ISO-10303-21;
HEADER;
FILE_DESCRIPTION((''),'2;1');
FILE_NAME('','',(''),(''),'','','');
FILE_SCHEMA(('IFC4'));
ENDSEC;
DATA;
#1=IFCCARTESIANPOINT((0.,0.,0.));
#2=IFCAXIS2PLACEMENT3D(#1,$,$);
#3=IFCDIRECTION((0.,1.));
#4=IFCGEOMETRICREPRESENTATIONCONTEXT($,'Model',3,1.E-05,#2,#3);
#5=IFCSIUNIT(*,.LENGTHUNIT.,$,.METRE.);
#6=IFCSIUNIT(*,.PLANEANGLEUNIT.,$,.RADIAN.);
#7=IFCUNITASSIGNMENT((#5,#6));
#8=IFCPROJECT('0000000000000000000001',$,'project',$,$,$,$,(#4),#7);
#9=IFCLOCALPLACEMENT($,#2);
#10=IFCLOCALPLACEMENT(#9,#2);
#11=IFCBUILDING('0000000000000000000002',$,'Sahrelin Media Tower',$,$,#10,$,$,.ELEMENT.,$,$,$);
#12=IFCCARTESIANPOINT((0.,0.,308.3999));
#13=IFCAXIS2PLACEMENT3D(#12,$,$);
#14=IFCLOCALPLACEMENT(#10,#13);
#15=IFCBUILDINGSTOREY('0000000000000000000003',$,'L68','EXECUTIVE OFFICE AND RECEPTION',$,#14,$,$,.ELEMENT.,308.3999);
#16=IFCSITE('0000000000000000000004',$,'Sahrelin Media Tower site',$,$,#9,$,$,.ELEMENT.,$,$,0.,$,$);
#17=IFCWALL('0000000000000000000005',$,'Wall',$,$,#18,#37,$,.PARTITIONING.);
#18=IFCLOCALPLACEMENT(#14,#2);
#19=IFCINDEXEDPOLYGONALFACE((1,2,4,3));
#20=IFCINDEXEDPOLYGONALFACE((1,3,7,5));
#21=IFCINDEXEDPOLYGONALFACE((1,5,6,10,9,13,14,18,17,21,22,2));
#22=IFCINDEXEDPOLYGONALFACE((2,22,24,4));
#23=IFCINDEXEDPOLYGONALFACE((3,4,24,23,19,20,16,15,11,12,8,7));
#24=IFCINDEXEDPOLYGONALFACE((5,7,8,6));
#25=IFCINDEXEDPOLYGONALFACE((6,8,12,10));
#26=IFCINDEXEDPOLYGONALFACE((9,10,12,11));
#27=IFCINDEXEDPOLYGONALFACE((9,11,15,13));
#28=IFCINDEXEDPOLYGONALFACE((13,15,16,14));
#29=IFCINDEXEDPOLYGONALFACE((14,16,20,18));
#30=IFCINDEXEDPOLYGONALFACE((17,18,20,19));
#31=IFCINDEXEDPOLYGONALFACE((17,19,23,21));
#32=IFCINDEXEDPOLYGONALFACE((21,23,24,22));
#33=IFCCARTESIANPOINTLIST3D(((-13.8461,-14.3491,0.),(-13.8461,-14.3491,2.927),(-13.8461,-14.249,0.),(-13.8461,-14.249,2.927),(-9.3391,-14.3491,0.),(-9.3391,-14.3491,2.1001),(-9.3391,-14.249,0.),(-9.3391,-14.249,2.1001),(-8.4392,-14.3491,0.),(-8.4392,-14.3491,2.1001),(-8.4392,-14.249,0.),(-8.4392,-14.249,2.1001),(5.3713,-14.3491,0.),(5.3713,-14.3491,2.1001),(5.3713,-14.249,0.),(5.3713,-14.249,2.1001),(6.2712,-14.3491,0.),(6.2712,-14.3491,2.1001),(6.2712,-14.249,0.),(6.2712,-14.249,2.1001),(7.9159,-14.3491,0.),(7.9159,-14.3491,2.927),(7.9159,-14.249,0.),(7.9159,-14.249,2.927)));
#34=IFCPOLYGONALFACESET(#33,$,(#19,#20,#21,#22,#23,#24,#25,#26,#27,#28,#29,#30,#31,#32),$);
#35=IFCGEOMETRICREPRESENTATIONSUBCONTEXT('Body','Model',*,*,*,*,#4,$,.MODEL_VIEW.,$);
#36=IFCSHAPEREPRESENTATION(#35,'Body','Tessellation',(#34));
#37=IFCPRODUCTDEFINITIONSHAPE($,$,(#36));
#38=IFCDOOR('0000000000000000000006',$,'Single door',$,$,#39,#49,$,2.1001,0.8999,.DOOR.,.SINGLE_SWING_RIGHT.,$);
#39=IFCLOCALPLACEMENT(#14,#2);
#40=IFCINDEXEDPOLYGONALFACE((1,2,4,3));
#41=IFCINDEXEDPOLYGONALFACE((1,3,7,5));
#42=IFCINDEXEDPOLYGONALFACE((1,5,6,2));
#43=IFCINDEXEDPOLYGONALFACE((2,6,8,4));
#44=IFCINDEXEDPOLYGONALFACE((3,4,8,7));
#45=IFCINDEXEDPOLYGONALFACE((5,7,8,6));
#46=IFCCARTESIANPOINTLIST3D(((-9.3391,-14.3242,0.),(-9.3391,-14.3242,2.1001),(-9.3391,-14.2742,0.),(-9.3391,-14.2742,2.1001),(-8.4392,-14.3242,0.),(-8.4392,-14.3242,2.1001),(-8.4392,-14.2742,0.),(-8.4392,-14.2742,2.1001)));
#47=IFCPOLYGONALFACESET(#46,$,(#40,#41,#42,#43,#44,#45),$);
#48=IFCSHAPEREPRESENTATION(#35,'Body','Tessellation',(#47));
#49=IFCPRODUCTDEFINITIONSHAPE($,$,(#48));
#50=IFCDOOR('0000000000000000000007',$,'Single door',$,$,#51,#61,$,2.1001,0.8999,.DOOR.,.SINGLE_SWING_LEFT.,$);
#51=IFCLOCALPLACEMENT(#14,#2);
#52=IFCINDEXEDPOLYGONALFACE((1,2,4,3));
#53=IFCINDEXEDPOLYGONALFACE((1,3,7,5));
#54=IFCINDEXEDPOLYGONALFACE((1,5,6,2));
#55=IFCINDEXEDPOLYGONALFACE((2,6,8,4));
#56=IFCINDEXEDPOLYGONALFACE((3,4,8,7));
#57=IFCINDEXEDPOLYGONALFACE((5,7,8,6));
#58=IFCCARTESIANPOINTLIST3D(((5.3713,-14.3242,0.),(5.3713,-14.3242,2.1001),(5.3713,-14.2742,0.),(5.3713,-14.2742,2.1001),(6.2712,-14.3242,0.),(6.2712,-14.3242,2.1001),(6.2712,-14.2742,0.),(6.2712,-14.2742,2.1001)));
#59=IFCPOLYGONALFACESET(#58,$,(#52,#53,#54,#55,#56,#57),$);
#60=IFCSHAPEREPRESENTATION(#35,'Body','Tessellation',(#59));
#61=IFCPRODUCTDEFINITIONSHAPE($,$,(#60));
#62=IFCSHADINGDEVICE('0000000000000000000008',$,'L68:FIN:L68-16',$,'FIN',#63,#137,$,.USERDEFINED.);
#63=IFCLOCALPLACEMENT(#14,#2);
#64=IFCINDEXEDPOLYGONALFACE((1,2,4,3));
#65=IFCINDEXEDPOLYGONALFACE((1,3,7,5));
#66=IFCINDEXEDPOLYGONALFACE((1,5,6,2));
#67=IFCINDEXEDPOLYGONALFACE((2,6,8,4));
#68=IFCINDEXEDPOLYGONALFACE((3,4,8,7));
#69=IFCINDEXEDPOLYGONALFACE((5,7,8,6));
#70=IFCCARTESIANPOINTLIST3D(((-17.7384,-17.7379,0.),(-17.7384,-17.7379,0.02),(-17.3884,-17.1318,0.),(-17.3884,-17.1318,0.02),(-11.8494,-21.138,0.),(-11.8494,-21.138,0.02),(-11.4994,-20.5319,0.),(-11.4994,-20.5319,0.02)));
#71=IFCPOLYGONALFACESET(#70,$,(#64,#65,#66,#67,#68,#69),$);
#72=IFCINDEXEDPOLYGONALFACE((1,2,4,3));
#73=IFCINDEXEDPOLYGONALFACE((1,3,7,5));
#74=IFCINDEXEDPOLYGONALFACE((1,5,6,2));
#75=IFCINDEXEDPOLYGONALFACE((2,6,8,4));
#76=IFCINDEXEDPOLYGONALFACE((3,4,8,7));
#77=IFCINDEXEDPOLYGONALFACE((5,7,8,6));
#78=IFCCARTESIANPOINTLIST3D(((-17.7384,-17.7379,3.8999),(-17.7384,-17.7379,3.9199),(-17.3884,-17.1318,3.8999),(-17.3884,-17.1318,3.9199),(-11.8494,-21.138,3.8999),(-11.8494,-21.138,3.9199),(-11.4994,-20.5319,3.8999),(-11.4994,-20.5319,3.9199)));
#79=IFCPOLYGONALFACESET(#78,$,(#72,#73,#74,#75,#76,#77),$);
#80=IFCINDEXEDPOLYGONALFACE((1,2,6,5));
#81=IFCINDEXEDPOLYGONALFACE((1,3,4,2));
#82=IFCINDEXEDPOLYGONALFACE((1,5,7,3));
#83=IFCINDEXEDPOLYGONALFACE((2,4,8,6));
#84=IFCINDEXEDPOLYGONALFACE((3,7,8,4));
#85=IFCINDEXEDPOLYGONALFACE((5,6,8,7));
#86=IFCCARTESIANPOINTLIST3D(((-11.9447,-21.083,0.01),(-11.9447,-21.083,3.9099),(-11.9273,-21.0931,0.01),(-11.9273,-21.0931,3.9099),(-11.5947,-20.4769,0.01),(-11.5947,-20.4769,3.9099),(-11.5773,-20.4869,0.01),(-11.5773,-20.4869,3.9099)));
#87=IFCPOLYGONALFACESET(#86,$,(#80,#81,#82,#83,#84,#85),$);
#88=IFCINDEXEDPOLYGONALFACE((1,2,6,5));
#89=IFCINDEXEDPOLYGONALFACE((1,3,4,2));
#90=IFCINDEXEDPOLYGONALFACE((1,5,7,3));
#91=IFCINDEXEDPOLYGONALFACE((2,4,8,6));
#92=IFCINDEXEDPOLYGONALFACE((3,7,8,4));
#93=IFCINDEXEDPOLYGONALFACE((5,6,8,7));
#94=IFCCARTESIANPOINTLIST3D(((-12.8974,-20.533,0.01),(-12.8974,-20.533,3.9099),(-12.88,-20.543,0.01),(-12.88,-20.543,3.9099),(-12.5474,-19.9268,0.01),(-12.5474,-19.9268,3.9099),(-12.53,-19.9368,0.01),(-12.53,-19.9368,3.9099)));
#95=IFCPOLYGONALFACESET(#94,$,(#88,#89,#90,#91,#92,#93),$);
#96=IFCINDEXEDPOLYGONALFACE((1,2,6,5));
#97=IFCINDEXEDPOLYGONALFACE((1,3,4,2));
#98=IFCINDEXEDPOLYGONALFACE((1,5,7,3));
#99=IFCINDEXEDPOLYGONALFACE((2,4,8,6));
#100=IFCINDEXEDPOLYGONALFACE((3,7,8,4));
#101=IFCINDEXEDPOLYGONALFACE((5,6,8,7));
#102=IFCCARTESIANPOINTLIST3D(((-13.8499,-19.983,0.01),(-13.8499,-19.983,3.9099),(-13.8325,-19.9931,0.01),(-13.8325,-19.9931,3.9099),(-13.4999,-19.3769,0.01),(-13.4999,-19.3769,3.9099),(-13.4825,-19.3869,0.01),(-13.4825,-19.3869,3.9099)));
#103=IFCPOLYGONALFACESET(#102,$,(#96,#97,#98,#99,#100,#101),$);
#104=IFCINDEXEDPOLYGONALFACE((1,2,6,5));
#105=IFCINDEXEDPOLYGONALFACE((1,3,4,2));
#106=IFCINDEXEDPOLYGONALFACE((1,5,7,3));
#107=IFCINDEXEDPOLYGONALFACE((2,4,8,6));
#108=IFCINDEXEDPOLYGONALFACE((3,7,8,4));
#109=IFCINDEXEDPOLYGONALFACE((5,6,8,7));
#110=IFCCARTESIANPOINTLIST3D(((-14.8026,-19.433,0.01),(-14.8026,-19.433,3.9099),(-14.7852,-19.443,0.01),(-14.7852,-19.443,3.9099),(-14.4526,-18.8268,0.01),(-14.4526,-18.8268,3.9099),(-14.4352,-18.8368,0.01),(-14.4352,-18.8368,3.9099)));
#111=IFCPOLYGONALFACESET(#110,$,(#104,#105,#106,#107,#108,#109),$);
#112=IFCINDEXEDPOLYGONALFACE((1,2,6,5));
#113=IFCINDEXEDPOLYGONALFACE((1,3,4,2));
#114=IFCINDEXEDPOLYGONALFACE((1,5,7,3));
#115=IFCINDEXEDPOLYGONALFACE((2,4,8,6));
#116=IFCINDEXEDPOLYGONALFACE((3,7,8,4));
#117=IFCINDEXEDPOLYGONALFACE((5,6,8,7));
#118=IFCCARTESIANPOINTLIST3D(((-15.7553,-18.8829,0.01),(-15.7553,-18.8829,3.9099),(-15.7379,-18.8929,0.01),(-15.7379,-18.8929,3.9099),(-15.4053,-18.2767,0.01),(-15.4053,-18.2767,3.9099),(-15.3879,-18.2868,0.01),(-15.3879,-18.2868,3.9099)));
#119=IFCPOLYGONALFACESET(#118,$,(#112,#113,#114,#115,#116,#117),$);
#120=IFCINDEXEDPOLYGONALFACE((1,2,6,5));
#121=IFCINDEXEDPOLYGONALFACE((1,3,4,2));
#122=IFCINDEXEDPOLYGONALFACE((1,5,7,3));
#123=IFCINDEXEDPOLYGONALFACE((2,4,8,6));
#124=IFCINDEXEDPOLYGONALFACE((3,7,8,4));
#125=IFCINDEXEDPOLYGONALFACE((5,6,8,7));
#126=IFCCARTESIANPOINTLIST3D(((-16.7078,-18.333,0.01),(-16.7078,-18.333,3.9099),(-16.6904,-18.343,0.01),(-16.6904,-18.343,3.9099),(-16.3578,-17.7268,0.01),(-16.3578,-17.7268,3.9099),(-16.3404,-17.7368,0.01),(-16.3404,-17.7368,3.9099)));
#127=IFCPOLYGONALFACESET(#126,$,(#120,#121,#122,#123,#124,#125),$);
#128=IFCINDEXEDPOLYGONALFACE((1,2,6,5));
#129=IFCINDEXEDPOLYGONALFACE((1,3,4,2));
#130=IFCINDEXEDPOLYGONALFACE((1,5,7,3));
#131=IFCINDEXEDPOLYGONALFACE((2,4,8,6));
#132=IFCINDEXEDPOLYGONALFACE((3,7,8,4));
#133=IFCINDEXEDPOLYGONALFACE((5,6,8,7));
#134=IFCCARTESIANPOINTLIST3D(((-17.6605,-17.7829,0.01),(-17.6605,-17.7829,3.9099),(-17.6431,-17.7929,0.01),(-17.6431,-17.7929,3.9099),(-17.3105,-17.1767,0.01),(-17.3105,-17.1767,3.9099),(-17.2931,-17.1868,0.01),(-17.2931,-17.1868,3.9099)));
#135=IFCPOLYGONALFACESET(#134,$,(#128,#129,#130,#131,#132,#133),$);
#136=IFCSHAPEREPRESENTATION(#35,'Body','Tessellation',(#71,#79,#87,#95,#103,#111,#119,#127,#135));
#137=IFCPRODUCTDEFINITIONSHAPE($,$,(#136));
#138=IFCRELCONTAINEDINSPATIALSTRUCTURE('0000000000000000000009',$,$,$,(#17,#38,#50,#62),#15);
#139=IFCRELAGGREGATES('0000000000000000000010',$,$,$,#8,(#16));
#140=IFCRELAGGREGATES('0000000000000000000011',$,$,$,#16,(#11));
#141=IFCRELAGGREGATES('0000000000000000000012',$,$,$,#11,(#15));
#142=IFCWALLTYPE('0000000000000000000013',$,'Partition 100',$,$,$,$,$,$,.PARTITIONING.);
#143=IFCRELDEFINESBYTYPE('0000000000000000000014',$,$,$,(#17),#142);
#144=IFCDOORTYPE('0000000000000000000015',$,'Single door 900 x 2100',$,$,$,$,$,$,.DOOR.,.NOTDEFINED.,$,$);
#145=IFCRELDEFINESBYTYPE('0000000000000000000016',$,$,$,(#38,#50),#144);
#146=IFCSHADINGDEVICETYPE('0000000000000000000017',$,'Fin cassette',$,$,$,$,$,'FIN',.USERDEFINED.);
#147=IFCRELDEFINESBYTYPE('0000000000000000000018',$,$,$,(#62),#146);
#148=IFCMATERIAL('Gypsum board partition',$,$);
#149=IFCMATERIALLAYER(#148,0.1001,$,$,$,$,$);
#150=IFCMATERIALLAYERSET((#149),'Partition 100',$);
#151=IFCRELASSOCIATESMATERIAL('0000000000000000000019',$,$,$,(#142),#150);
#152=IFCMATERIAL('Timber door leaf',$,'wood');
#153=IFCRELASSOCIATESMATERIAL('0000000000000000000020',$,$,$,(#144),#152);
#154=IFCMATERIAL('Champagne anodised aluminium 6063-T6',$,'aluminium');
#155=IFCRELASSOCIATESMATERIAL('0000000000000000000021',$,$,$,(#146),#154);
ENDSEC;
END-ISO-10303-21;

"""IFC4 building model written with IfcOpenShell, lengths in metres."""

from ifc_helpers import new_model, si_unit, direction, frame, frame_2d, origin, origin_2d, place, context, subcontext, project, spatial, rectangle, extrude, material, layer, layer_set, type_object, element, fill, save


model = new_model("IFC4")

# Units and contexts
model_context = context("Model", 3, precision=1e-05, world=origin(), true_north=direction((0.0, 1.0)))
body_context = subcontext(model_context, "Body", "Model", "MODEL_VIEW")
ifc_project = project(units=[si_unit("LENGTHUNIT", "METRE"), si_unit("PLANEANGLEUNIT", "RADIAN")], contexts=[model_context])

# Site, building, storey
site_placement = place(None, origin())
site = spatial("IfcSite", under=ifc_project, at=site_placement, Name="Sahrelin Media Tower site", CompositionType="ELEMENT", RefElevation=0.0)
building_placement = place(site_placement, origin())
building = spatial("IfcBuilding", under=site, at=building_placement, Name="Sahrelin Media Tower", CompositionType="ELEMENT")
storey_placement = place(building_placement, frame((0.0, 0.0, 308.3999)))
storey = spatial("IfcBuildingStorey", under=building, at=storey_placement, Name="L68", Description="EXECUTIVE OFFICE AND RECEPTION", CompositionType="ELEMENT", Elevation=308.3999)

# Shared definitions
ifc_material_1 = material(Name="Champagne anodised aluminium 6063-T6", Category="aluminium")

# Wall, openings, doors
ifc_material_2 = material(Name="Gypsum board partition")
ifc_layer_1 = layer(ifc_material_2, 0.1001)
ifc_layer_set_1 = layer_set([ifc_layer_1], Name="Partition 100")
wall_type_1 = type_object("IfcWallType", Name="Partition 100", PredefinedType="PARTITIONING", material=ifc_layer_set_1)
wall_1_placement = place(storey_placement, frame((-13.8459, -14.2991, 0.0), z_axis=(0.0, 0.0, 1.0), x_axis=(1.0, 0.0, 0.0)))
wall_1 = element("IfcWall", 1, at=wall_1_placement, inside=storey, type_object=wall_type_1, Name="Wall", PredefinedType="PARTITIONING", context=body_context, shape_type="SweptSolid", body=[
    extrude(rectangle(XDim=21.762, YDim=0.1001, at=frame_2d((10.8809, 0.0))), origin(), (0.0, 0.0, 1.0), 2.927),
])
opening_1_placement = place(wall_1_placement, frame((4.5068, 0.0, 0.0)))
opening_1 = element("IfcOpeningElement", 2, at=opening_1_placement, cuts=wall_1, PredefinedType="OPENING", context=body_context, shape_type="SweptSolid", body=[
    extrude(rectangle(XDim=0.8999, YDim=2.1001, at=frame_2d((0.45, 1.05))), frame((0.0, 0.05, 0.0), z_axis=(0.0, -1.0, 0.0), x_axis=(1.0, 0.0, 0.0)), (0.0, 0.0, 1.0), 0.1001),
])
opening_2_placement = place(wall_1_placement, frame((19.2173, 0.0, 0.0)))
opening_2 = element("IfcOpeningElement", 3, at=opening_2_placement, cuts=wall_1, PredefinedType="OPENING", context=body_context, shape_type="SweptSolid", body=[
    extrude(rectangle(XDim=0.8999, YDim=2.1001, at=frame_2d((0.45, 1.05))), frame((0.0, 0.05, 0.0), z_axis=(0.0, -1.0, 0.0), x_axis=(1.0, 0.0, 0.0)), (0.0, 0.0, 1.0), 0.1001),
])
ifc_material_3 = material(Name="Timber door leaf", Category="wood")
door_type_1 = type_object("IfcDoorType", Name="Single door 900 x 2100", OperationType="NOTDEFINED", PredefinedType="DOOR", material=ifc_material_3)
door_1_placement = place(opening_1_placement, origin())
door_1 = element("IfcDoor", 4, at=door_1_placement, inside=storey, type_object=door_type_1, Name="Single door", OperationType="SINGLE_SWING_RIGHT", OverallHeight=2.1001, OverallWidth=0.8999, PredefinedType="DOOR", context=body_context, shape_type="SweptSolid", body=[
    extrude(rectangle(XDim=0.8999, YDim=2.1001, at=frame_2d((0.45, 1.05))), frame((0.0, 0.0249, 0.0), z_axis=(0.0, -1.0, 0.0), x_axis=(1.0, 0.0, 0.0)), (0.0, 0.0, 1.0), 0.05),
])
fill(opening_1, door_1)
door_2_placement = place(opening_2_placement, origin())
door_2 = element("IfcDoor", 5, at=door_2_placement, inside=storey, type_object=door_type_1, Name="Single door", OperationType="SINGLE_SWING_LEFT", OverallHeight=2.1001, OverallWidth=0.8999, PredefinedType="DOOR", context=body_context, shape_type="SweptSolid", body=[
    extrude(rectangle(XDim=0.8999, YDim=2.1001, at=frame_2d((0.45, 1.05))), frame((0.0, 0.0249, 0.0), z_axis=(0.0, -1.0, 0.0), x_axis=(1.0, 0.0, 0.0)), (0.0, 0.0, 1.0), 0.05),
])
fill(opening_2, door_2)

# Shading device
shading_device_type_1 = type_object("IfcShadingDeviceType", Name="Fin cassette", ElementType="FIN", PredefinedType="USERDEFINED", material=ifc_material_1)
placement_1 = place(storey_placement, frame((-14.4089, -18.7712, 0.0), z_axis=(0.0, 0.0, 1.0), x_axis=(-0.866019, 0.500011, 0.0)))
element("IfcShadingDevice", 6, at=placement_1, inside=storey, type_object=shading_device_type_1, Name="L68:FIN:L68-16", ObjectType="FIN", PredefinedType="USERDEFINED", context=body_context, shape_type="SweptSolid", body=[
    extrude(rectangle(XDim=6.8, YDim=0.7, at=origin_2d()), frame((0.0, 0.4199, 0.0)), (0.0, 0.0, 1.0), 0.02),
    extrude(rectangle(XDim=6.8, YDim=0.7, at=origin_2d()), frame((0.0, 0.4199, 3.8999)), (0.0, 0.0, 1.0), 0.02),
    extrude(rectangle(XDim=0.02, YDim=0.7, at=origin_2d()), frame((-3.3, 0.4199, 0.01), z_axis=(0.0, 0.0, 1.0), x_axis=(1.0, 0.0, 0.0)), (0.0, 0.0, 1.0), 3.8999),
    extrude(rectangle(XDim=0.02, YDim=0.7, at=origin_2d()), frame((-2.2, 0.4199, 0.01), z_axis=(0.0, 0.0, 1.0), x_axis=(1.0, 0.0, 0.0)), (0.0, 0.0, 1.0), 3.8999),
    extrude(rectangle(XDim=0.02, YDim=0.7, at=origin_2d()), frame((-1.1001, 0.4199, 0.01), z_axis=(0.0, 0.0, 1.0), x_axis=(1.0, 0.0, 0.0)), (0.0, 0.0, 1.0), 3.8999),
    extrude(rectangle(XDim=0.02, YDim=0.7, at=origin_2d()), frame((0.0, 0.4199, 0.01), z_axis=(0.0, 0.0, 1.0), x_axis=(1.0, 0.0, 0.0)), (0.0, 0.0, 1.0), 3.8999),
    extrude(rectangle(XDim=0.02, YDim=0.7, at=origin_2d()), frame((1.1001, 0.4199, 0.01), z_axis=(0.0, 0.0, 1.0), x_axis=(1.0, 0.0, 0.0)), (0.0, 0.0, 1.0), 3.8999),
    extrude(rectangle(XDim=0.02, YDim=0.7, at=origin_2d()), frame((2.2, 0.4199, 0.01), z_axis=(0.0, 0.0, 1.0), x_axis=(1.0, 0.0, 0.0)), (0.0, 0.0, 1.0), 3.8999),
    extrude(rectangle(XDim=0.02, YDim=0.7, at=origin_2d()), frame((3.3, 0.4199, 0.01), z_axis=(0.0, 0.0, 1.0), x_axis=(1.0, 0.0, 0.0)), (0.0, 0.0, 1.0), 3.8999),
])

save(model, "model.ifc")
